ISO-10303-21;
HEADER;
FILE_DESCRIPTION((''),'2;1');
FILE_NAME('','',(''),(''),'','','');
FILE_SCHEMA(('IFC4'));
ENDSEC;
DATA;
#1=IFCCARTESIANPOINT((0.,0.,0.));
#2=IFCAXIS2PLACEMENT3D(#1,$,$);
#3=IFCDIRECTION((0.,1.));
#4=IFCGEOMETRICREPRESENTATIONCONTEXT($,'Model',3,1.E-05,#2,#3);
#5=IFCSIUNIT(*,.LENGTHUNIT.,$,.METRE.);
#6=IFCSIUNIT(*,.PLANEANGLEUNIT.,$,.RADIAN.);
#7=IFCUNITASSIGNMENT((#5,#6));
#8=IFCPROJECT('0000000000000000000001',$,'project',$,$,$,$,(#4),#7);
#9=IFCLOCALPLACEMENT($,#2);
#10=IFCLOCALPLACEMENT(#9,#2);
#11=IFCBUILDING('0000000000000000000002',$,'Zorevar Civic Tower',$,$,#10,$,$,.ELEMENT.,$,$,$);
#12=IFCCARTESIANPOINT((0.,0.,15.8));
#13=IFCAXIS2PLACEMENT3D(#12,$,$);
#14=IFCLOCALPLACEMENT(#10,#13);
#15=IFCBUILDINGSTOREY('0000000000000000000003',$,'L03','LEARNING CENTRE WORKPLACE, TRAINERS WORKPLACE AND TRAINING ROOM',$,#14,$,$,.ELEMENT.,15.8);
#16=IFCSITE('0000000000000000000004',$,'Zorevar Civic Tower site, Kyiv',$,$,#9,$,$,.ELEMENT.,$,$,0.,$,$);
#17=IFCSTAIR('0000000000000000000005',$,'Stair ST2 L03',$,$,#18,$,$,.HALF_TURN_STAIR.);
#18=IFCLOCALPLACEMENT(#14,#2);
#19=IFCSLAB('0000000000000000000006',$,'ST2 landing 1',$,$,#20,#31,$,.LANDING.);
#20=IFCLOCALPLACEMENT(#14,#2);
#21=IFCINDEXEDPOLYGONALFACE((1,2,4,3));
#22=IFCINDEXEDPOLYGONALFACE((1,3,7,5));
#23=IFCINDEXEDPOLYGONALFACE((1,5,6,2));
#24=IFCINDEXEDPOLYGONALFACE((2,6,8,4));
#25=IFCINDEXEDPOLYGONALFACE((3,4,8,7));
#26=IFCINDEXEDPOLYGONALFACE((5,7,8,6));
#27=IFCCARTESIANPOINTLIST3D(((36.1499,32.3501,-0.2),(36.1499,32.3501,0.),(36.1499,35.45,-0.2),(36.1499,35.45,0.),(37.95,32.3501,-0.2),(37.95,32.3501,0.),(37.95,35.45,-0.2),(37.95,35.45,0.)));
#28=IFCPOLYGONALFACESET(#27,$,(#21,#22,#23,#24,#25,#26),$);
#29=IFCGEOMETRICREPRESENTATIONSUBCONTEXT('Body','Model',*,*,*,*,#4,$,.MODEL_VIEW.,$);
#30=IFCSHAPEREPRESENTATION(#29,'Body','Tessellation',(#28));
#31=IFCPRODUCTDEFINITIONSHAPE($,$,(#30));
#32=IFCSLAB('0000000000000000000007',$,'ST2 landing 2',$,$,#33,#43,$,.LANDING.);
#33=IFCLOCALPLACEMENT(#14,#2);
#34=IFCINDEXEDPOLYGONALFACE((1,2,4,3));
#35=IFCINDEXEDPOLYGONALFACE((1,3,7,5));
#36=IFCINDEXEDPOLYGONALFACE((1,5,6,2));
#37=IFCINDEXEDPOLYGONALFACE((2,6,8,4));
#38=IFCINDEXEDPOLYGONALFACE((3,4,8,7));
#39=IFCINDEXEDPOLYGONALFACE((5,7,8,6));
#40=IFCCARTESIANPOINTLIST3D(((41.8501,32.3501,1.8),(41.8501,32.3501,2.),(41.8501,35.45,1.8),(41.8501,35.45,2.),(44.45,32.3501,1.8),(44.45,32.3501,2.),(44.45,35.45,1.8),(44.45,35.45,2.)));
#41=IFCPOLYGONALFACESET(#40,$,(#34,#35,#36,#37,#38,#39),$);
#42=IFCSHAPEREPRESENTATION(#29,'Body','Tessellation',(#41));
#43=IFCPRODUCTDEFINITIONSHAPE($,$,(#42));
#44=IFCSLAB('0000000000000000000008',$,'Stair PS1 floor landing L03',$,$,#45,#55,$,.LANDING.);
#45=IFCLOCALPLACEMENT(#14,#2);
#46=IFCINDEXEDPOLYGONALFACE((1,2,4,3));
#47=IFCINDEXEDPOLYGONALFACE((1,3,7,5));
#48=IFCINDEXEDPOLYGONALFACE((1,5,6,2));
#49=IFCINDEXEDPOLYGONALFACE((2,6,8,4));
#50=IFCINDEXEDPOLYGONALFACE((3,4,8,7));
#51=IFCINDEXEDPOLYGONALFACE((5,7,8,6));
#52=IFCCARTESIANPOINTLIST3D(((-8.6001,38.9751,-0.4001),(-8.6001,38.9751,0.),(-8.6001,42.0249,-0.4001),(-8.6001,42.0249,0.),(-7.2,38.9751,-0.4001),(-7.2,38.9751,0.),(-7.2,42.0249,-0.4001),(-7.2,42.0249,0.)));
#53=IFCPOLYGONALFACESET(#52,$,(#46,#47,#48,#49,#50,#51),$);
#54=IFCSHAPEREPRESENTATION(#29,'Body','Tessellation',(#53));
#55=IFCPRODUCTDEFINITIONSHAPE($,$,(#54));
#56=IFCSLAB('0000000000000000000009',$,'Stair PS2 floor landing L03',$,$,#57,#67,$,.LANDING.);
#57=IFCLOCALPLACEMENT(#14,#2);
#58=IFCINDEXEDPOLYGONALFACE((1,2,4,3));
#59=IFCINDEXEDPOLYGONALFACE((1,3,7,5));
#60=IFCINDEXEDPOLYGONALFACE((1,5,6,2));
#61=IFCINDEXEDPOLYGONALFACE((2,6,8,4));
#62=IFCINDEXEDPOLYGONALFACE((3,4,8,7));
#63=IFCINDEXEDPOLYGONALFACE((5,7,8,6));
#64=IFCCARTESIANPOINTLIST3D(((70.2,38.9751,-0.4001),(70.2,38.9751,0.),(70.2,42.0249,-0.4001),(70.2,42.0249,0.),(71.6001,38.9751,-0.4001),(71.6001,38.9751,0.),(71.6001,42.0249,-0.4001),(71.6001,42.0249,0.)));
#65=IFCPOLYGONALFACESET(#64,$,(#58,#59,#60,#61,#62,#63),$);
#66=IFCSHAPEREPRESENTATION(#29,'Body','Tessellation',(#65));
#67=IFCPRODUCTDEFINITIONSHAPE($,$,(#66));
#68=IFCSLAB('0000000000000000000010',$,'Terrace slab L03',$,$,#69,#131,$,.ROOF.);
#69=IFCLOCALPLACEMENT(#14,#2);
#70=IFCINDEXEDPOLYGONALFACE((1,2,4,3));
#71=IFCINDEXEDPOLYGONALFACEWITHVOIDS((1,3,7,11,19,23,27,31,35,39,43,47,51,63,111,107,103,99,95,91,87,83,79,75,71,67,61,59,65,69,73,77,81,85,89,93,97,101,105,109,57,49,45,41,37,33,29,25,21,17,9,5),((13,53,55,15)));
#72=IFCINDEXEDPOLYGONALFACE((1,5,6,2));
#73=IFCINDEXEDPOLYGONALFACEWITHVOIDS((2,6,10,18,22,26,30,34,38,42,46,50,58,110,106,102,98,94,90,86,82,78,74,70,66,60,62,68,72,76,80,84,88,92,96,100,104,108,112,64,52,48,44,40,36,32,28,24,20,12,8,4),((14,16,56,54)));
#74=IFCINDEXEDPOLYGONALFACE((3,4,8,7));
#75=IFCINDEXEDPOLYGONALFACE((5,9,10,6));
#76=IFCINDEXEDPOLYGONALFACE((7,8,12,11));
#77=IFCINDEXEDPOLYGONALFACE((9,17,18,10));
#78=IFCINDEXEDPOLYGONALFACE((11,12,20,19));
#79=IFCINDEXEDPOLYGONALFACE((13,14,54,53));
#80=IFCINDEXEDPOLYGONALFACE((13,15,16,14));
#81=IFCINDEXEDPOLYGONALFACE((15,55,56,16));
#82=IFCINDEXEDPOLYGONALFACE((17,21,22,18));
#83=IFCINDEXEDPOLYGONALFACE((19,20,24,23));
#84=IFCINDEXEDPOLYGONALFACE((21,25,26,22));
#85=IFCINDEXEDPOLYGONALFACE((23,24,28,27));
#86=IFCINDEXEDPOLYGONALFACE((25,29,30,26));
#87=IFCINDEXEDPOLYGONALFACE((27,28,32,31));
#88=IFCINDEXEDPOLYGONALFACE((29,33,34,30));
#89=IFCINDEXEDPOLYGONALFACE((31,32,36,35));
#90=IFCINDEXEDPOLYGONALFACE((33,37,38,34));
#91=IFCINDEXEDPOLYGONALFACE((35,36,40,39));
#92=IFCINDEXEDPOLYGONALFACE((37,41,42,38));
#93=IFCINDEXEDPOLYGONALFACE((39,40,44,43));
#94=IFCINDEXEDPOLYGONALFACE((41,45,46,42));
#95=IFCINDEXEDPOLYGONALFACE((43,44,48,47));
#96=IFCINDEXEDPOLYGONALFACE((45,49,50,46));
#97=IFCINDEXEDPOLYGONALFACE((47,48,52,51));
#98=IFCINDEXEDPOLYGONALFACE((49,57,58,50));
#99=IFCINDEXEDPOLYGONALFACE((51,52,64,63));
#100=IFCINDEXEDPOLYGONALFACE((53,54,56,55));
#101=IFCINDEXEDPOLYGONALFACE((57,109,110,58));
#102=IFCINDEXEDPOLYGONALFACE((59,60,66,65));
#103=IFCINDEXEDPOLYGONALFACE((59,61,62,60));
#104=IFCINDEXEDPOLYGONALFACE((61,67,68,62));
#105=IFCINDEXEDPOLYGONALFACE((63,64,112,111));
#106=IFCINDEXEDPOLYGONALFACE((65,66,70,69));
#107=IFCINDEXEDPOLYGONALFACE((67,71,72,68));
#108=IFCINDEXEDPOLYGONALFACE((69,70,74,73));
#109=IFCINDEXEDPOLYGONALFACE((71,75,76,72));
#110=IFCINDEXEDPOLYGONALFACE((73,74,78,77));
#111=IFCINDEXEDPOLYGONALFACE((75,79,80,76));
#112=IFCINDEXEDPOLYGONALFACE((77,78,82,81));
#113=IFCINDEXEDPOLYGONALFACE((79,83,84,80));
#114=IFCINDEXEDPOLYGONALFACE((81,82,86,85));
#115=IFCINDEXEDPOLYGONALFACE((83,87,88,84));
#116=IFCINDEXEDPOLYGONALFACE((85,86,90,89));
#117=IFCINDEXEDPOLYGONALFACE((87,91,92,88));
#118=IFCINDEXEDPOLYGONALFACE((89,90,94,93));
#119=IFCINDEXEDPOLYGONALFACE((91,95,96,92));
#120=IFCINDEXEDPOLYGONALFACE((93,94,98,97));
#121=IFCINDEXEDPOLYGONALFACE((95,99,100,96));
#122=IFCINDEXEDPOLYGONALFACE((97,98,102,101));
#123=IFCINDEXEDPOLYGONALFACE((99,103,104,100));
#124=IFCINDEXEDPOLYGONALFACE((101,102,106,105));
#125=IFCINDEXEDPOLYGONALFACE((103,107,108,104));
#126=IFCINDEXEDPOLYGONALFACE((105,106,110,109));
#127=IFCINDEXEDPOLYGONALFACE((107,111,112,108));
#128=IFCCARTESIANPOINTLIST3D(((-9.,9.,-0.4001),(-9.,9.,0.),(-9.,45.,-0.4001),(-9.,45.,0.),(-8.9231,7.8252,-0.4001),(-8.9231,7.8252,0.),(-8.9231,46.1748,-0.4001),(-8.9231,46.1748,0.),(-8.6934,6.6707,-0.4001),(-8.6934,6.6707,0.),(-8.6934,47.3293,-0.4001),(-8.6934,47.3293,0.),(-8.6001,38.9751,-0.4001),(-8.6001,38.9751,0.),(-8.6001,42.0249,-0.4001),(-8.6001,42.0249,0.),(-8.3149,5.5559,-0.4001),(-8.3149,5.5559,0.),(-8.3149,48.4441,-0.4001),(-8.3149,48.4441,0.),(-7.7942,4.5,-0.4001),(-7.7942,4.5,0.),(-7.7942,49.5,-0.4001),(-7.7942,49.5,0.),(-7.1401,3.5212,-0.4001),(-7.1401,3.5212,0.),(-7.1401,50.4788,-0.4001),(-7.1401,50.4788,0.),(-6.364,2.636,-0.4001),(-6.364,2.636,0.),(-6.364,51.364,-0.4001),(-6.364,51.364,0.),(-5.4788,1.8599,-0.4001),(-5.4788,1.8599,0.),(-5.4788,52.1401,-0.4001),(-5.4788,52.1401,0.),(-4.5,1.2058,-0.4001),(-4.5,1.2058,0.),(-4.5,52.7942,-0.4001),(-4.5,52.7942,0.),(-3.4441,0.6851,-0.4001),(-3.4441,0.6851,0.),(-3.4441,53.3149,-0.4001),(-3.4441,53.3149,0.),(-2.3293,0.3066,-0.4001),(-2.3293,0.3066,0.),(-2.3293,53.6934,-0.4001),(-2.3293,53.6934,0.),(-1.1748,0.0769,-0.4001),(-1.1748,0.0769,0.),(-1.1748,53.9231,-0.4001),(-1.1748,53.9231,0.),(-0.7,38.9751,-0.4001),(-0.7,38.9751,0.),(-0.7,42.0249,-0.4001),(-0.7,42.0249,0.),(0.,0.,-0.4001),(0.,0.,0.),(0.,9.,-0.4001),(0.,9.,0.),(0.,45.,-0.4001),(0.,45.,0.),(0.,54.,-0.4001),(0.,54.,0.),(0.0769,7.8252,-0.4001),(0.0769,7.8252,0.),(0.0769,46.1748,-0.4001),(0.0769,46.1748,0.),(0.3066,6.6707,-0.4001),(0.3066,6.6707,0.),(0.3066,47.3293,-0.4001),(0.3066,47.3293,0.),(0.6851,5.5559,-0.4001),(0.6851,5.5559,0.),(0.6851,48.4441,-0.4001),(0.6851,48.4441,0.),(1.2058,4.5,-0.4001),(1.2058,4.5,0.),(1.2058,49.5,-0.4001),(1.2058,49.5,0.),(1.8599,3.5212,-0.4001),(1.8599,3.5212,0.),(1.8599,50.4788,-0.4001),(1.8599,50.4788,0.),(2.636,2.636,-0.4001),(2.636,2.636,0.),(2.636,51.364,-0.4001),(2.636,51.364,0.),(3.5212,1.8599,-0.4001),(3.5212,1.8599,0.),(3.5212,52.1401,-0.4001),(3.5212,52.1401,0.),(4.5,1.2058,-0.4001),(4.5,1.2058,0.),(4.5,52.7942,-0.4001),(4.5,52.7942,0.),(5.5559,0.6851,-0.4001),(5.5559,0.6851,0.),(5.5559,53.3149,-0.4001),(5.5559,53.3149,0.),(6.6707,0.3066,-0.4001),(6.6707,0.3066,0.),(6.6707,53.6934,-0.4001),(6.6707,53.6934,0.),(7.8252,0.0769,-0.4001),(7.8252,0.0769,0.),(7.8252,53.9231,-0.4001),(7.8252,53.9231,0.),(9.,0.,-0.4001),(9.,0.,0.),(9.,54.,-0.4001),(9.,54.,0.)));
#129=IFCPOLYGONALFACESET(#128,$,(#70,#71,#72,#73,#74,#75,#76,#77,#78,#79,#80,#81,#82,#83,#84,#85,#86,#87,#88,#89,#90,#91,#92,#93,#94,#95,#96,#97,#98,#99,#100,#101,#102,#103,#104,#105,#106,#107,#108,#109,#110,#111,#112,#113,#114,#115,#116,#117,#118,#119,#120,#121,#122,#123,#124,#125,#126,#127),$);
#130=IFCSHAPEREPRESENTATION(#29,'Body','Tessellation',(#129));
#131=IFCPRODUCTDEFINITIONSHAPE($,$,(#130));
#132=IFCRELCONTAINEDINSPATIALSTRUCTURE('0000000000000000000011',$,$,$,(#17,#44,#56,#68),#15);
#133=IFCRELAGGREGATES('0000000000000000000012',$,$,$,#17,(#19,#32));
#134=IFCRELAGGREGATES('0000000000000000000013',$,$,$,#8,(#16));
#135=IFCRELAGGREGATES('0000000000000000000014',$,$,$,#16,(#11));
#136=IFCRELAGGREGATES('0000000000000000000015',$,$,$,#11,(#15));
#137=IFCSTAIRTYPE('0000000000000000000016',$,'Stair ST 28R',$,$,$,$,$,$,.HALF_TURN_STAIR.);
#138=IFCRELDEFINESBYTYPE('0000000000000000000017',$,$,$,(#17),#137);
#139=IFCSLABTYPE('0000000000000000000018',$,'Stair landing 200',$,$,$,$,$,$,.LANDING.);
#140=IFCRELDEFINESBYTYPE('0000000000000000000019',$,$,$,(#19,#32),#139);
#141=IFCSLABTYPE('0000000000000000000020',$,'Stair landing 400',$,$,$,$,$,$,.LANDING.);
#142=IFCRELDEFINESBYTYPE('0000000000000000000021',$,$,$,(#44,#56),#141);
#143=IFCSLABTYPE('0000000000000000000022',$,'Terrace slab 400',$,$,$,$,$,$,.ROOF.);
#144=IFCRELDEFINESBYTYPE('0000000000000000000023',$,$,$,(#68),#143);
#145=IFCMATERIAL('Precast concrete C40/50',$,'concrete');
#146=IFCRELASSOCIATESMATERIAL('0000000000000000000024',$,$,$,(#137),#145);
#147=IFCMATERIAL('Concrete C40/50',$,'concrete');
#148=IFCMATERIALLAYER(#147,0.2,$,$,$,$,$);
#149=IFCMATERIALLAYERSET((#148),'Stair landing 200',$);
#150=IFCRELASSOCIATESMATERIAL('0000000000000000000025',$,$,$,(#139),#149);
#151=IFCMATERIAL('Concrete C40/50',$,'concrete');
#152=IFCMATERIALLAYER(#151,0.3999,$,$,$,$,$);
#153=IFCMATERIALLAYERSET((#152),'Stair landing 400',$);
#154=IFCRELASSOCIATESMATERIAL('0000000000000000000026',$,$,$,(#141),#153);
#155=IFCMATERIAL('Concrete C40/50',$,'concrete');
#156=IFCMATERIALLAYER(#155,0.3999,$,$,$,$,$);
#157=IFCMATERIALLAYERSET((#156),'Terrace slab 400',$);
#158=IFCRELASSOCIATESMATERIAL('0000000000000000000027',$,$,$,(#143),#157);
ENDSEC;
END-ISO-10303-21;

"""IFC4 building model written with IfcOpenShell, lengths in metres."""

from ifc_helpers import new_model, si_unit, direction, frame, origin, place, context, subcontext, project, spatial, polyline, outline, extrude, material, layer, layer_set, type_object, element, aggregate, save


model = new_model("IFC4")

# Units and contexts
model_context = context("Model", 3, precision=1e-05, world=origin(), true_north=direction((0.0, 1.0)))
body_context = subcontext(model_context, "Body", "Model", "MODEL_VIEW")
ifc_project = project(units=[si_unit("LENGTHUNIT", "METRE"), si_unit("PLANEANGLEUNIT", "RADIAN")], contexts=[model_context])

# Site, building, storey
site_placement = place(None, origin())
site = spatial("IfcSite", under=ifc_project, at=site_placement, Name="Zorevar Civic Tower site, Kyiv", CompositionType="ELEMENT", RefElevation=0.0)
building_placement = place(site_placement, origin())
building = spatial("IfcBuilding", under=site, at=building_placement, Name="Zorevar Civic Tower", CompositionType="ELEMENT")
storey_placement = place(building_placement, frame((0.0, 0.0, 15.8)))
storey = spatial("IfcBuildingStorey", under=building, at=storey_placement, Name="L03", Description="LEARNING CENTRE WORKPLACE, TRAINERS WORKPLACE AND TRAINING ROOM", CompositionType="ELEMENT", Elevation=15.8)

# Stair, slabs
ifc_material_1 = material(Name="Precast concrete C40/50", Category="concrete")
stair_type = type_object("IfcStairType", Name="Stair ST 28R", PredefinedType="HALF_TURN_STAIR", material=ifc_material_1)
ifc_material_2 = material(Name="Concrete C40/50", Category="concrete")
ifc_layer_1 = layer(ifc_material_2, 0.2)
ifc_layer_set_1 = layer_set([ifc_layer_1], Name="Stair landing 200")
slab_type_1 = type_object("IfcSlabType", Name="Stair landing 200", PredefinedType="LANDING", material=ifc_layer_set_1)
stair_1_placement = place(storey_placement, origin())
stair_1 = element("IfcStair", 1, at=stair_1_placement, inside=storey, type_object=stair_type, Name="Stair ST2 L03", PredefinedType="HALF_TURN_STAIR")
slab_1_placement = place(storey_placement, frame((0.0, 0.0, -0.2)))
slab_1 = element("IfcSlab", 2, at=slab_1_placement, type_object=slab_type_1, Name="ST2 landing 1", PredefinedType="LANDING", context=body_context, shape_type="SweptSolid", body=[
    extrude(outline(polyline([(37.95, 32.3501), (36.1499, 32.3501), (36.1499, 35.45), (37.95, 35.45), (37.95, 32.3501)])), origin(), (0.0, 0.0, 1.0), 0.2),
])
slab_2_placement = place(storey_placement, frame((0.0, 0.0, 1.8)))
slab_2 = element("IfcSlab", 3, at=slab_2_placement, type_object=slab_type_1, Name="ST2 landing 2", PredefinedType="LANDING", context=body_context, shape_type="SweptSolid", body=[
    extrude(outline(polyline([(44.45, 32.3501), (41.8501, 32.3501), (41.8501, 35.45), (44.45, 35.45), (44.45, 32.3501)])), origin(), (0.0, 0.0, 1.0), 0.2),
])
aggregate(stair_1, [slab_1, slab_2])

# Slabs
ifc_material_3 = material(Name="Concrete C40/50", Category="concrete")
ifc_layer_2 = layer(ifc_material_3, 0.3999)
ifc_layer_set_2 = layer_set([ifc_layer_2], Name="Stair landing 400")
slab_type_2 = type_object("IfcSlabType", Name="Stair landing 400", PredefinedType="LANDING", material=ifc_layer_set_2)
slab_3_placement = place(storey_placement, frame((0.0, 0.0, -0.4001)))
element("IfcSlab", 4, at=slab_3_placement, inside=storey, type_object=slab_type_2, Name="Stair PS1 floor landing L03", PredefinedType="LANDING", context=body_context, shape_type="SweptSolid", body=[
    extrude(outline(polyline([(-8.6001, 38.9751), (-7.2, 38.9751), (-7.2, 42.0249), (-8.6001, 42.0249), (-8.6001, 38.9751)])), origin(), (0.0, 0.0, 1.0), 0.4001),
])
slab_4_placement = place(storey_placement, frame((0.0, 0.0, -0.4001)))
element("IfcSlab", 5, at=slab_4_placement, inside=storey, type_object=slab_type_2, Name="Stair PS2 floor landing L03", PredefinedType="LANDING", context=body_context, shape_type="SweptSolid", body=[
    extrude(outline(polyline([(70.2, 38.9751), (71.6001, 38.9751), (71.6001, 42.0249), (70.2, 42.0249), (70.2, 38.9751)])), origin(), (0.0, 0.0, 1.0), 0.4001),
])
ifc_material_4 = material(Name="Concrete C40/50", Category="concrete")
ifc_layer_3 = layer(ifc_material_4, 0.3999)
ifc_layer_set_3 = layer_set([ifc_layer_3], Name="Terrace slab 400")
slab_type_3 = type_object("IfcSlabType", Name="Terrace slab 400", PredefinedType="ROOF", material=ifc_layer_set_3)
slab_5_placement = place(storey_placement, frame((0.0, 0.0, -0.4001)))
element("IfcSlab", 6, at=slab_5_placement, inside=storey, type_object=slab_type_3, Name="Terrace slab L03", PredefinedType="ROOF", context=body_context, shape_type="SweptSolid", body=[
    extrude(outline(polyline([(0.0, 0.0), (-1.1748, 0.0769), (-2.3293, 0.3066), (-3.4441, 0.6851), (-4.5, 1.2058), (-5.4788, 1.8599), (-6.364, 2.636), (-7.1401, 3.5212), (-7.7942, 4.5), (-8.3149, 5.5559), (-8.6934, 6.6707), (-8.9231, 7.8252), (-9.0, 9.0), (-9.0, 45.0), (-8.9231, 46.1748), (-8.6934, 47.3293), (-8.3149, 48.4441), (-7.7942, 49.5), (-7.1401, 50.4788), (-6.364, 51.364), (-5.4788, 52.1401), (-4.5, 52.7942), (-3.4441, 53.3149), (-2.3293, 53.6934), (-1.1748, 53.9231), (0.0, 54.0), (9.0, 54.0), (7.8252, 53.9231), (6.6707, 53.6934), (5.5559, 53.3149), (4.5, 52.7942), (3.5212, 52.1401), (2.636, 51.364), (1.8599, 50.4788), (1.2058, 49.5), (0.6851, 48.4441), (0.3066, 47.3293), (0.0769, 46.1748), (0.0, 45.0), (0.0, 9.0), (0.0769, 7.8252), (0.3066, 6.6707), (0.6851, 5.5559), (1.2058, 4.5), (1.8599, 3.5212), (2.636, 2.636), (3.5212, 1.8599), (4.5, 1.2058), (5.5559, 0.6851), (6.6707, 0.3066), (7.8252, 0.0769), (9.0, 0.0), (0.0, 0.0)]), holes=[polyline([(-8.6001, 38.9751), (-0.7, 38.9751), (-0.7, 42.0249), (-8.6001, 42.0249), (-8.6001, 38.9751)])]), origin(), (0.0, 0.0, 1.0), 0.4001),
])

save(model, "model.ifc")
